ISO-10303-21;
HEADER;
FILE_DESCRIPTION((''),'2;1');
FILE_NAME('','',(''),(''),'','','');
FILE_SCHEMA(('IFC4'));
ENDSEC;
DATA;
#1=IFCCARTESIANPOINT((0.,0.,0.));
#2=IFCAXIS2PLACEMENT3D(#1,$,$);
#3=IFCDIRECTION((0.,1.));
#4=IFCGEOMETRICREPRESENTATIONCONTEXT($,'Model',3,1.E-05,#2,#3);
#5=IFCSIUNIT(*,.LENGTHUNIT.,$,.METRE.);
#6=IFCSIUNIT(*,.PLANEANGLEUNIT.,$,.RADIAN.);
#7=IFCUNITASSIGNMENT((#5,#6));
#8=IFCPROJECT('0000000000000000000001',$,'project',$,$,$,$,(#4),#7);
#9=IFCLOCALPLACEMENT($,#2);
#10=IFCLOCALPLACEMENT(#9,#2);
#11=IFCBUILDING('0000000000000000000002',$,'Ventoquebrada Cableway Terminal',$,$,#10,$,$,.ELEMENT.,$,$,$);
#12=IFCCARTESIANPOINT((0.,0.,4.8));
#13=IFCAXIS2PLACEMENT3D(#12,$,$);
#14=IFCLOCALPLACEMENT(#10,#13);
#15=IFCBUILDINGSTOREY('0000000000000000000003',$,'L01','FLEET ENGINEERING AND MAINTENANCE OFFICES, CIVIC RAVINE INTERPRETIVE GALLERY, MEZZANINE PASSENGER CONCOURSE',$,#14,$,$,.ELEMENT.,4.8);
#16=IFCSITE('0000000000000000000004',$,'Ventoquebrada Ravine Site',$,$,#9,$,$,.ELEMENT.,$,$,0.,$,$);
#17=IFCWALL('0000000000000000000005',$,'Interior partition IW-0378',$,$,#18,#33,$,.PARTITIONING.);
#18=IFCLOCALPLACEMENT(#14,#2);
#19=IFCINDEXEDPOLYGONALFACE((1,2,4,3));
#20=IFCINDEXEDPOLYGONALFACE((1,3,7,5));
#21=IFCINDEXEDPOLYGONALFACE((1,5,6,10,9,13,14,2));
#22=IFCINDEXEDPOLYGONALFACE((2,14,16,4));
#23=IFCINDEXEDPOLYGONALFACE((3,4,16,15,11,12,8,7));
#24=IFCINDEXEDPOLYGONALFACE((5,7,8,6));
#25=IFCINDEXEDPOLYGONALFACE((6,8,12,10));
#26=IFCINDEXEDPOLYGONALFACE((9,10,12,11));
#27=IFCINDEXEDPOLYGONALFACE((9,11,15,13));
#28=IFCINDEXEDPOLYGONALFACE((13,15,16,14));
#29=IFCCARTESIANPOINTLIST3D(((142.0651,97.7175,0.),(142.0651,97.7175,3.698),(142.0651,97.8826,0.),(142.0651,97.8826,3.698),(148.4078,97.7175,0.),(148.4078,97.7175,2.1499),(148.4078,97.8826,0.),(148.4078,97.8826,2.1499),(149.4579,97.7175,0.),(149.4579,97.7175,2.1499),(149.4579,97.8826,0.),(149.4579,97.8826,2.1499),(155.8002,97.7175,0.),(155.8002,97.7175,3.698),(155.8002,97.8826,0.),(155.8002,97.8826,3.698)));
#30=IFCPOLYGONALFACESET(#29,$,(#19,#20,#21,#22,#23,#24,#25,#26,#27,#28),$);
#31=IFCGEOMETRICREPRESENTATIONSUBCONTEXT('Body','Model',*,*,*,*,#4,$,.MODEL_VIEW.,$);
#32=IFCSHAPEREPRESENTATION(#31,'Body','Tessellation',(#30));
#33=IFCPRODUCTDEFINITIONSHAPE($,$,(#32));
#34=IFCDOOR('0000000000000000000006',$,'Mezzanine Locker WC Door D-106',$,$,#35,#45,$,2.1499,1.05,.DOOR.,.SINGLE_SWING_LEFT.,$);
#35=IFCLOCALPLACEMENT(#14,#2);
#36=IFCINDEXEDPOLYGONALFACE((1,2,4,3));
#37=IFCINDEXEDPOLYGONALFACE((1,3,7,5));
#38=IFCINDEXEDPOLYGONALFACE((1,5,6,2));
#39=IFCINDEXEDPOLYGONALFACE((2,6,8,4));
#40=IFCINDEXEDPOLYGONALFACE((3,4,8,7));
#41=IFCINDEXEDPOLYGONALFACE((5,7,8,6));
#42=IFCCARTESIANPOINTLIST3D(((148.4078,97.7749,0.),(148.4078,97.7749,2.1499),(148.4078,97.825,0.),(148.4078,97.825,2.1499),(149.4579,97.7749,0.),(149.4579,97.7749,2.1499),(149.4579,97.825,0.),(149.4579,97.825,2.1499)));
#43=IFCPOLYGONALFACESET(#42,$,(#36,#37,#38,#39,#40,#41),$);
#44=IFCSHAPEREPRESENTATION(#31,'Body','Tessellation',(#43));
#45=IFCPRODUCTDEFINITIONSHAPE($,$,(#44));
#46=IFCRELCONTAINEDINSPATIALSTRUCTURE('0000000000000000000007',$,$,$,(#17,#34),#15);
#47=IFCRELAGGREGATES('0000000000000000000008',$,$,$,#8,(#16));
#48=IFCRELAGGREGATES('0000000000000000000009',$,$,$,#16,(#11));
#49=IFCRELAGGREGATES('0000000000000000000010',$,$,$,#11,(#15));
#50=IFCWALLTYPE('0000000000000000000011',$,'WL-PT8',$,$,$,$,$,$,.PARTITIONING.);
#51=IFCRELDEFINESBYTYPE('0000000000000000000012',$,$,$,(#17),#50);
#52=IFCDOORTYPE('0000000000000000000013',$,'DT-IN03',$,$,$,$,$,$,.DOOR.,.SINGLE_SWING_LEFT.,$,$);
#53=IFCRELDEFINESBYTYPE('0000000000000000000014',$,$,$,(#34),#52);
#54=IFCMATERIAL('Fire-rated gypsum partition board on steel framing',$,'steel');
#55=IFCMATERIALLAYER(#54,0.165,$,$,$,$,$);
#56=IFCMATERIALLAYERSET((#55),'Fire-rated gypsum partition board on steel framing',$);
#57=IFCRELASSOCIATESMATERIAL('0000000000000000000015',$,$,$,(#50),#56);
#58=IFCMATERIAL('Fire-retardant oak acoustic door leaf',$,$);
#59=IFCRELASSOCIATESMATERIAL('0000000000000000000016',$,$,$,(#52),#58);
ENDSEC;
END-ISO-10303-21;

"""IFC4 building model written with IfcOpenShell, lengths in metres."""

from ifc_helpers import new_model, si_unit, direction, frame, frame_2d, origin, place, context, subcontext, project, spatial, rectangle, extrude, material, layer, layer_set, type_object, element, fill, save


model = new_model("IFC4")

# Units and contexts
model_context = context("Model", 3, precision=1e-05, world=origin(), true_north=direction((0.0, 1.0)))
body_context = subcontext(model_context, "Body", "Model", "MODEL_VIEW")
ifc_project = project(units=[si_unit("LENGTHUNIT", "METRE"), si_unit("PLANEANGLEUNIT", "RADIAN")], contexts=[model_context])

# Site, building, storey
site_placement = place(None, origin())
site = spatial("IfcSite", under=ifc_project, at=site_placement, Name="Ventoquebrada Ravine Site", CompositionType="ELEMENT", RefElevation=0.0)
building_placement = place(site_placement, origin())
building = spatial("IfcBuilding", under=site, at=building_placement, Name="Ventoquebrada Cableway Terminal", CompositionType="ELEMENT")
storey_placement = place(building_placement, frame((0.0, 0.0, 4.8)))
storey = spatial("IfcBuildingStorey", under=building, at=storey_placement, Name="L01", Description="FLEET ENGINEERING AND MAINTENANCE OFFICES, CIVIC RAVINE INTERPRETIVE GALLERY, MEZZANINE PASSENGER CONCOURSE", CompositionType="ELEMENT", Elevation=4.8)

# Wall, opening, door
ifc_material_1 = material(Name="Fire-rated gypsum partition board on steel framing", Category="steel")
ifc_layer_1 = layer(ifc_material_1, 0.165)
ifc_layer_set_1 = layer_set([ifc_layer_1], Name="Fire-rated gypsum partition board on steel framing")
wall_type_1 = type_object("IfcWallType", Name="WL-PT8", PredefinedType="PARTITIONING", material=ifc_layer_set_1)
wall_1_placement = place(storey_placement, frame((142.0649, 97.8, 0.0), z_axis=(0.0, 0.0, 1.0), x_axis=(1.0, 0.0, 0.0)))
wall_1 = element("IfcWall", 1, at=wall_1_placement, inside=storey, type_object=wall_type_1, Name="Interior partition IW-0378", PredefinedType="PARTITIONING", context=body_context, shape_type="SweptSolid", body=[
    extrude(rectangle(XDim=13.7351, YDim=0.165, at=frame_2d((6.8677, 0.0))), origin(), (0.0, 0.0, 1.0), 3.698),
])
opening_1_placement = place(wall_1_placement, frame((6.343, 0.0, 0.0)))
opening_1 = element("IfcOpeningElement", 2, at=opening_1_placement, cuts=wall_1, PredefinedType="OPENING", context=body_context, shape_type="SweptSolid", body=[
    extrude(rectangle(XDim=1.05, YDim=2.1499, at=frame_2d((0.5249, 1.075))), frame((0.0, 0.0925, 0.0), z_axis=(0.0, -1.0, 0.0), x_axis=(1.0, 0.0, 0.0)), (0.0, 0.0, 1.0), 0.1851),
])
ifc_material_2 = material(Name="Fire-retardant oak acoustic door leaf")
door_type = type_object("IfcDoorType", Name="DT-IN03", OperationType="SINGLE_SWING_LEFT", PredefinedType="DOOR", material=ifc_material_2)
door_placement = place(opening_1_placement, origin())
door = element("IfcDoor", 3, at=door_placement, inside=storey, type_object=door_type, Name="Mezzanine Locker WC Door D-106", OperationType="SINGLE_SWING_LEFT", OverallHeight=2.1499, OverallWidth=1.05, PredefinedType="DOOR", context=body_context, shape_type="SweptSolid", body=[
    extrude(rectangle(XDim=1.05, YDim=2.1499, at=frame_2d((0.5249, 1.075))), frame((0.0, 0.0249, 0.0), z_axis=(0.0, -1.0, 0.0), x_axis=(1.0, 0.0, 0.0)), (0.0, 0.0, 1.0), 0.05),
])
fill(opening_1, door)

save(model, "model.ifc")
